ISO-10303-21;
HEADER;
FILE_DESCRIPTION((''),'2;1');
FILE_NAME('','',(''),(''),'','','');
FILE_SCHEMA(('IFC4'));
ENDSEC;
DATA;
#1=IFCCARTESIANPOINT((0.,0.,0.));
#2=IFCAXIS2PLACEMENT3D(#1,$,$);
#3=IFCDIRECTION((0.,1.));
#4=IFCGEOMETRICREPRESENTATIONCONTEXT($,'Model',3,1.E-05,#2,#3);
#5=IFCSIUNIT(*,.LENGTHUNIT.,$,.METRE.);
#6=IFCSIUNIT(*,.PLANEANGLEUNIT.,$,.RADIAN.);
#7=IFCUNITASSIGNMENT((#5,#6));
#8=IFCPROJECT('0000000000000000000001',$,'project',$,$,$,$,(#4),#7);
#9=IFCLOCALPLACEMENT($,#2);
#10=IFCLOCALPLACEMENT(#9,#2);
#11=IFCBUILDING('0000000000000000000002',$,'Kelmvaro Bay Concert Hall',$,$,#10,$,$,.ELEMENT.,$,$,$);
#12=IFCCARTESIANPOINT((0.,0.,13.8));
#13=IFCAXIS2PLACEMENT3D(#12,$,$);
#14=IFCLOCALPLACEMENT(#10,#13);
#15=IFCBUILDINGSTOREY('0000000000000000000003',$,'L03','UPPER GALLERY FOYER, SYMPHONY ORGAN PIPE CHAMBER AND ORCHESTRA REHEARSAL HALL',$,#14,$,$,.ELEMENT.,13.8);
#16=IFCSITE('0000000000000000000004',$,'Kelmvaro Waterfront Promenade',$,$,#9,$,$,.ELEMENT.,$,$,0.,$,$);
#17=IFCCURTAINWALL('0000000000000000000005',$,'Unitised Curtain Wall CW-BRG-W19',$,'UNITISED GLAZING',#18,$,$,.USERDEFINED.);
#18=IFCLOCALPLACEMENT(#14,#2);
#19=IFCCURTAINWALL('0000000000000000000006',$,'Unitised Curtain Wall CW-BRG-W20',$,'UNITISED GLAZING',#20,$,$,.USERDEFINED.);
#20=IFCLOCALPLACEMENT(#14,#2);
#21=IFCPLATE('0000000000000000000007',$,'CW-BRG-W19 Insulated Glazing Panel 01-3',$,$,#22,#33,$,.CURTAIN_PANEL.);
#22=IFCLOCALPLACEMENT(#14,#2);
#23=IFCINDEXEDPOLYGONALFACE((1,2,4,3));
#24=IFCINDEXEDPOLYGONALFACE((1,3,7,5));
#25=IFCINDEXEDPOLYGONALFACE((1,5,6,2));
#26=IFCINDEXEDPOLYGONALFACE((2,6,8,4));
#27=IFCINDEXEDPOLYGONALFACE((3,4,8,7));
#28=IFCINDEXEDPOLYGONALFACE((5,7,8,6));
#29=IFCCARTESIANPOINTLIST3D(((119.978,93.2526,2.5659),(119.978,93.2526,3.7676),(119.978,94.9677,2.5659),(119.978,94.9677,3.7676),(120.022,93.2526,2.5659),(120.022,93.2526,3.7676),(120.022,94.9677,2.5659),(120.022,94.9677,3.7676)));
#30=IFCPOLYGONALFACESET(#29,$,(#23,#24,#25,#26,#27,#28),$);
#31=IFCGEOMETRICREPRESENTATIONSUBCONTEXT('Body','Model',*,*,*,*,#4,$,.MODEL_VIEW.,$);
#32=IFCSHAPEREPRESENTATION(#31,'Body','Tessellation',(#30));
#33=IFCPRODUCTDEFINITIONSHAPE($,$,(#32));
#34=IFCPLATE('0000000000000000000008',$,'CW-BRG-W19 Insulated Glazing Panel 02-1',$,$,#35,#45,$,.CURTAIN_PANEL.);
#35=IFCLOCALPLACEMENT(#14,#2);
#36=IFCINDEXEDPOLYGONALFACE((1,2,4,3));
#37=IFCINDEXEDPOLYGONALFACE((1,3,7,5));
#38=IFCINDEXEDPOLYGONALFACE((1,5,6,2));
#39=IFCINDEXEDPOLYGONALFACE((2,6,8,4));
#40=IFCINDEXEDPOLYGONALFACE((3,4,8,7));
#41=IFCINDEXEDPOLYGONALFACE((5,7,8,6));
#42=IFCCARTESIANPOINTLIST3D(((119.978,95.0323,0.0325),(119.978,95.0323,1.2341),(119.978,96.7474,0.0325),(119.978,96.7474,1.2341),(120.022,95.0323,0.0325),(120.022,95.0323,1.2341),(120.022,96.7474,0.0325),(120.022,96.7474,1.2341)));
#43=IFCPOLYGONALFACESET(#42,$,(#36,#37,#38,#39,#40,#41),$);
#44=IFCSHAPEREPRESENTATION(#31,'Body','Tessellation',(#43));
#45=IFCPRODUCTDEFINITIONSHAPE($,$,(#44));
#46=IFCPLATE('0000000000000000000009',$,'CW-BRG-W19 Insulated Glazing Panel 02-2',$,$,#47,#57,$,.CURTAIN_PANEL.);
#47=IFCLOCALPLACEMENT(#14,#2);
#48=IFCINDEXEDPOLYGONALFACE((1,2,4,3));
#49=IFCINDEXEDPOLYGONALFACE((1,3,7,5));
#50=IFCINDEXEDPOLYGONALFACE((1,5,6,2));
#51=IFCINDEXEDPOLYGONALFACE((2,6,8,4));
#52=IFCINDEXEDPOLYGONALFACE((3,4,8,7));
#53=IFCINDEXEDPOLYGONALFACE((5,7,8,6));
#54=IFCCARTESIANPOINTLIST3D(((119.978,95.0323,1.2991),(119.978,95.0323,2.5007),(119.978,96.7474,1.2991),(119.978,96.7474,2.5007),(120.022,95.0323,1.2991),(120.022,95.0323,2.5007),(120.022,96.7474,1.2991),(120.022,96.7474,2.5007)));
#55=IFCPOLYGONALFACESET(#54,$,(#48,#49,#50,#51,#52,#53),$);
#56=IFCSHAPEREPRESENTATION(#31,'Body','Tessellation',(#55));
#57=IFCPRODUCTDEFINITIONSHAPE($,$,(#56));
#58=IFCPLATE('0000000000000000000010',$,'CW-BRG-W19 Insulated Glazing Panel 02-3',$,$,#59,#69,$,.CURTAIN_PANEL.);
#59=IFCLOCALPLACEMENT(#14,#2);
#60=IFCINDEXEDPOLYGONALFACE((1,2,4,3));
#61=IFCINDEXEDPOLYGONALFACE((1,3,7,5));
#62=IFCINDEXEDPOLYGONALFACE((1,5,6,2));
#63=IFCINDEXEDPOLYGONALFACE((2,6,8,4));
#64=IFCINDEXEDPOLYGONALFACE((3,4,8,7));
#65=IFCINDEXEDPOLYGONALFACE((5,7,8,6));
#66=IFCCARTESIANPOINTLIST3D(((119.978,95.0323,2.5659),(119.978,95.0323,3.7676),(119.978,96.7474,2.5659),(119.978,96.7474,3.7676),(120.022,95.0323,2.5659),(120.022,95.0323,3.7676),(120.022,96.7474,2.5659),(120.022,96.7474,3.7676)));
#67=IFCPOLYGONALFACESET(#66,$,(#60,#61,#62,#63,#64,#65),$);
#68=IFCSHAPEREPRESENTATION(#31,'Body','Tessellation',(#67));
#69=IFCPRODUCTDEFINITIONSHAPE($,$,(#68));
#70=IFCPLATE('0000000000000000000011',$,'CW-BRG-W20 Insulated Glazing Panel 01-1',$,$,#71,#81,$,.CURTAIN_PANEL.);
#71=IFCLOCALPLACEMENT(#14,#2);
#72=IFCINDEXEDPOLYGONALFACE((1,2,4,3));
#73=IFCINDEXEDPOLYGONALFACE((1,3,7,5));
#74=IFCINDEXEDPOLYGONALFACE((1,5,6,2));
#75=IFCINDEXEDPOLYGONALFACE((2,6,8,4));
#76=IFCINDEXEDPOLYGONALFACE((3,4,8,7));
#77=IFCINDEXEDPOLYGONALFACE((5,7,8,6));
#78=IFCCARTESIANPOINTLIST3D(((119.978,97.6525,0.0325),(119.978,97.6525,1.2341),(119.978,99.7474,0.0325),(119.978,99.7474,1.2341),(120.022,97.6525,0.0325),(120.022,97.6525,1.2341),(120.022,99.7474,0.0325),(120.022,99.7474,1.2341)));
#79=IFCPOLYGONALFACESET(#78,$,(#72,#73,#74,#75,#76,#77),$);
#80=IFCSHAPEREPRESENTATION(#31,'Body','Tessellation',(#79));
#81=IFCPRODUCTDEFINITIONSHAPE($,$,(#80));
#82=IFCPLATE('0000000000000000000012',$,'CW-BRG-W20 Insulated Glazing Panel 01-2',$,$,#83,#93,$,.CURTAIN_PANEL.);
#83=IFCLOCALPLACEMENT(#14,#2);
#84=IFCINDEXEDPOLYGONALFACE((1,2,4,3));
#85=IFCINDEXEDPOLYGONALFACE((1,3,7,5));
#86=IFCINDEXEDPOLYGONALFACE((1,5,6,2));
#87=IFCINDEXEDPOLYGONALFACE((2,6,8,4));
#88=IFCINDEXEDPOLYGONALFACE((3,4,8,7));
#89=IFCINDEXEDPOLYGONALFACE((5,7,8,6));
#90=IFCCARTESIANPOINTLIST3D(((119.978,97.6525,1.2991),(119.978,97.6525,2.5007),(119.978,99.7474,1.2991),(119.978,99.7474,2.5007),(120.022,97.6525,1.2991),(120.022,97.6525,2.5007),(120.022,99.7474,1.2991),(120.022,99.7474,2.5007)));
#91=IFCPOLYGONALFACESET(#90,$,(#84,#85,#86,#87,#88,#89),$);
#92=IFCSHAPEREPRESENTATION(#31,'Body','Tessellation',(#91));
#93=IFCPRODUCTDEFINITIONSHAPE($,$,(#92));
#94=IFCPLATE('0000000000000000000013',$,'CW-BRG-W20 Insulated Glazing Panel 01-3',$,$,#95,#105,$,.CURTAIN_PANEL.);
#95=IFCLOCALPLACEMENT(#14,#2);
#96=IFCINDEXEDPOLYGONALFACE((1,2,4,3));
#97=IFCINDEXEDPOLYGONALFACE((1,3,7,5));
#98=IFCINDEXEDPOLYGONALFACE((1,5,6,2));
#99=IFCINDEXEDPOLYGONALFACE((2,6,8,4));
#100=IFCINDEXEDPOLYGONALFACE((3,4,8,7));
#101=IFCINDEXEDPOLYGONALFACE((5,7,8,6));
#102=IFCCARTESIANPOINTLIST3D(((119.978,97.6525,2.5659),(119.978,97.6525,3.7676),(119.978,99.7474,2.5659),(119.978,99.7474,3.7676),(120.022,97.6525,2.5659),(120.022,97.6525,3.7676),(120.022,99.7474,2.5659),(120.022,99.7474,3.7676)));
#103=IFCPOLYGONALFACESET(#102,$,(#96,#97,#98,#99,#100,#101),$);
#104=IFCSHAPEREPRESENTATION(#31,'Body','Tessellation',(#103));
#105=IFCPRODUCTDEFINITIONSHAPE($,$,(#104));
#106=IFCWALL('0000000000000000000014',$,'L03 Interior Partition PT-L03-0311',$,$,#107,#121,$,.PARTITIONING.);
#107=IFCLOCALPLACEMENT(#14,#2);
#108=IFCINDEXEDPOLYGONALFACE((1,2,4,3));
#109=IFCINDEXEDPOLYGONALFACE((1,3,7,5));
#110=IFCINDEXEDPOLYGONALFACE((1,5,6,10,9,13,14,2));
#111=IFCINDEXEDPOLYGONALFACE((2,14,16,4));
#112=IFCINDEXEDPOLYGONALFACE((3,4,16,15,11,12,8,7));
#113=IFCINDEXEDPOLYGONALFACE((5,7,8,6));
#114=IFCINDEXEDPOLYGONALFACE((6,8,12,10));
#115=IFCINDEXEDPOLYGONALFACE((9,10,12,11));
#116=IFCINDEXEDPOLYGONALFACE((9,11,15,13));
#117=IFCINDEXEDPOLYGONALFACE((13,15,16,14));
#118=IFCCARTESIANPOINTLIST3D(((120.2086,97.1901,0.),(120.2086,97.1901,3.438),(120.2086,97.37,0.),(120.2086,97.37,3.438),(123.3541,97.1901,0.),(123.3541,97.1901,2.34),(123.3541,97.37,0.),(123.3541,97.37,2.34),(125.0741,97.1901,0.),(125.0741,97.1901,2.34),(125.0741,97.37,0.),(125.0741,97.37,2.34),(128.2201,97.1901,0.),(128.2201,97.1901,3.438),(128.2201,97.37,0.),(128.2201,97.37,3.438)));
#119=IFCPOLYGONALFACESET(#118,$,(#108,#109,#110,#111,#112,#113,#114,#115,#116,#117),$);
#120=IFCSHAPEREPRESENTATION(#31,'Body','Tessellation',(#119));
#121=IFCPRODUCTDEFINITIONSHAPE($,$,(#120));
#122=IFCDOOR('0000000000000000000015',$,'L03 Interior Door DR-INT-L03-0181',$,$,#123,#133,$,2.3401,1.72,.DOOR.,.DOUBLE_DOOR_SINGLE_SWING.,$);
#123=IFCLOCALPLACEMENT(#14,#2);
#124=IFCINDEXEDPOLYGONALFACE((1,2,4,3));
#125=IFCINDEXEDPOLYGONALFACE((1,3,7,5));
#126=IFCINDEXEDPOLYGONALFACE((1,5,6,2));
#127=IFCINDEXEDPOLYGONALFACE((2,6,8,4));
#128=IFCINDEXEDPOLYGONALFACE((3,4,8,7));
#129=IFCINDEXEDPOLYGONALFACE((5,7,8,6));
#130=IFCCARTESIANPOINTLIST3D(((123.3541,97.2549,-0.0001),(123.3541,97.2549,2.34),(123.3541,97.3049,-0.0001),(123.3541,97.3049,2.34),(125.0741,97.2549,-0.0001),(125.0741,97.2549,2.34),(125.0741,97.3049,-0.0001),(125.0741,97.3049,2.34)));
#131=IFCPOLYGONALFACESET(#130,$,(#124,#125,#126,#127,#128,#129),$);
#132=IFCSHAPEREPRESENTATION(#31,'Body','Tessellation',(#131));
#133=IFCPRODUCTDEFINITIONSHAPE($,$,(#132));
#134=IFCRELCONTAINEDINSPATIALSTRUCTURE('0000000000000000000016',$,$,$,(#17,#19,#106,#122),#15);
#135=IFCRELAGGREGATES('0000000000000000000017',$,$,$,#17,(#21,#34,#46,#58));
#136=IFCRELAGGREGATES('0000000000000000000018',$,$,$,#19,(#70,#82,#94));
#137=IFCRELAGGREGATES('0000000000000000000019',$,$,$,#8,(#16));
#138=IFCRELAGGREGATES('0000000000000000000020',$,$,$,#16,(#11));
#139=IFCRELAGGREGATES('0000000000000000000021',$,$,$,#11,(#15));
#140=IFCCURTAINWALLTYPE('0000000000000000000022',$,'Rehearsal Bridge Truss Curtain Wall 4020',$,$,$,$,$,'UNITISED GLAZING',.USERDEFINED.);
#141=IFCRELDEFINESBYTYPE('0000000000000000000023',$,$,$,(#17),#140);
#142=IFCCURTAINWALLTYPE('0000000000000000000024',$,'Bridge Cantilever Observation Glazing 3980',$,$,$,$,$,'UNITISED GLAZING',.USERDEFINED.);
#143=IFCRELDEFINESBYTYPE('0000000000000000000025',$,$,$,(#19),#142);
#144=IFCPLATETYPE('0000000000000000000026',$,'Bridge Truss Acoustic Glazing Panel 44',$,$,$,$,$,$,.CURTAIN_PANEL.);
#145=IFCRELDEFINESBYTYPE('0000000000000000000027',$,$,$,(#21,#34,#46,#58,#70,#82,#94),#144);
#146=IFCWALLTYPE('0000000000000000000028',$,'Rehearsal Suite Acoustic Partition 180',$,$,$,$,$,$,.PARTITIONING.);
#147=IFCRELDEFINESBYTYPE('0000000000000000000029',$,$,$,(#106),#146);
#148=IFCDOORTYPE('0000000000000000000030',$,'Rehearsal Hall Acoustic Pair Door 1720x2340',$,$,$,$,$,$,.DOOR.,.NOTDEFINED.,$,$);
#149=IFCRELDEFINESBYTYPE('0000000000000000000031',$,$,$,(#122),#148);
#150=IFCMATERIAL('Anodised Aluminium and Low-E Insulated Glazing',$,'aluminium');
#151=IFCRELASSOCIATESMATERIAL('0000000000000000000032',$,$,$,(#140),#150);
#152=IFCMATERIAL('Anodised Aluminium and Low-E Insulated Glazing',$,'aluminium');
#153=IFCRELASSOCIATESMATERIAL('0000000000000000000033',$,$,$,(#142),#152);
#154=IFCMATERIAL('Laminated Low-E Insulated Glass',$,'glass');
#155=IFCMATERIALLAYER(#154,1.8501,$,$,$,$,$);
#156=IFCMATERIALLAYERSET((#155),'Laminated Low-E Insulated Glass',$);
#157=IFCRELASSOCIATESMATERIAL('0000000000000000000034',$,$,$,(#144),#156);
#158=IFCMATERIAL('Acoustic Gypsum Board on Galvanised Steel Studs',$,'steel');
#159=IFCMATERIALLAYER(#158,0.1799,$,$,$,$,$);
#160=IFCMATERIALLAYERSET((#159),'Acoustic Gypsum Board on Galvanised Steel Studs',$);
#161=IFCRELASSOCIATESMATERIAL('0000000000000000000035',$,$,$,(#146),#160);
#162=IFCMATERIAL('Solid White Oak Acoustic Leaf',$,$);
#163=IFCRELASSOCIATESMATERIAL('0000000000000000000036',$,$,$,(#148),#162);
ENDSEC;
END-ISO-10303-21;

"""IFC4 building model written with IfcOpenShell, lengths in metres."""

from ifc_helpers import new_model, si_unit, direction, frame, frame_2d, origin, origin_2d, place, context, subcontext, project, spatial, rectangle, extrude, material, layer, layer_set, type_object, element, fill, aggregate, save


model = new_model("IFC4")

# Units and contexts
model_context = context("Model", 3, precision=1e-05, world=origin(), true_north=direction((0.0, 1.0)))
body_context = subcontext(model_context, "Body", "Model", "MODEL_VIEW")
ifc_project = project(units=[si_unit("LENGTHUNIT", "METRE"), si_unit("PLANEANGLEUNIT", "RADIAN")], contexts=[model_context])

# Site, building, storey
site_placement = place(None, origin())
site = spatial("IfcSite", under=ifc_project, at=site_placement, Name="Kelmvaro Waterfront Promenade", CompositionType="ELEMENT", RefElevation=0.0)
building_placement = place(site_placement, origin())
building = spatial("IfcBuilding", under=site, at=building_placement, Name="Kelmvaro Bay Concert Hall", CompositionType="ELEMENT")
storey_placement = place(building_placement, frame((0.0, 0.0, 13.8)))
storey = spatial("IfcBuildingStorey", under=building, at=storey_placement, Name="L03", Description="UPPER GALLERY FOYER, SYMPHONY ORGAN PIPE CHAMBER AND ORCHESTRA REHEARSAL HALL", CompositionType="ELEMENT", Elevation=13.8)

# Curtain walls
ifc_material_1 = material(Name="Anodised Aluminium and Low-E Insulated Glazing", Category="aluminium")
curtain_wall_type_1 = type_object("IfcCurtainWallType", Name="Rehearsal Bridge Truss Curtain Wall 4020", ElementType="UNITISED GLAZING", PredefinedType="USERDEFINED", material=ifc_material_1)
curtain_wall_1_placement = place(storey_placement, origin())
curtain_wall_1 = element("IfcCurtainWall", 1, at=curtain_wall_1_placement, inside=storey, type_object=curtain_wall_type_1, Name="Unitised Curtain Wall CW-BRG-W19", ObjectType="UNITISED GLAZING", PredefinedType="USERDEFINED")
ifc_material_2 = material(Name="Anodised Aluminium and Low-E Insulated Glazing", Category="aluminium")
curtain_wall_type_2 = type_object("IfcCurtainWallType", Name="Bridge Cantilever Observation Glazing 3980", ElementType="UNITISED GLAZING", PredefinedType="USERDEFINED", material=ifc_material_2)
curtain_wall_2_placement = place(storey_placement, origin())
curtain_wall_2 = element("IfcCurtainWall", 2, at=curtain_wall_2_placement, inside=storey, type_object=curtain_wall_type_2, Name="Unitised Curtain Wall CW-BRG-W20", ObjectType="UNITISED GLAZING", PredefinedType="USERDEFINED")

# Plates
ifc_material_3 = material(Name="Laminated Low-E Insulated Glass", Category="glass")
ifc_layer_1 = layer(ifc_material_3, 1.8501)
ifc_layer_set_1 = layer_set([ifc_layer_1], Name="Laminated Low-E Insulated Glass")
plate_type = type_object("IfcPlateType", Name="Bridge Truss Acoustic Glazing Panel 44", PredefinedType="CURTAIN_PANEL", material=ifc_layer_set_1)
plate_1_placement = place(storey_placement, frame((120.0, 94.1101, 2.5659), z_axis=(0.0, 0.0, 1.0), x_axis=(0.0, 1.0, 0.0)))
plate_1 = element("IfcPlate", 3, at=plate_1_placement, type_object=plate_type, Name="CW-BRG-W19 Insulated Glazing Panel 01-3", PredefinedType="CURTAIN_PANEL", context=body_context, shape_type="SweptSolid", body=[
    extrude(rectangle(XDim=1.7151, YDim=0.0439, at=origin_2d()), origin(), (0.0, 0.0, 1.0), 1.2017),
])
plate_2_placement = place(storey_placement, frame((120.0, 95.8899, 0.0325), z_axis=(0.0, 0.0, 1.0), x_axis=(0.0, 1.0, 0.0)))
plate_2 = element("IfcPlate", 4, at=plate_2_placement, type_object=plate_type, Name="CW-BRG-W19 Insulated Glazing Panel 02-1", PredefinedType="CURTAIN_PANEL", context=body_context, shape_type="SweptSolid", body=[
    extrude(rectangle(XDim=1.7151, YDim=0.0439, at=origin_2d()), origin(), (0.0, 0.0, 1.0), 1.2017),
])
plate_3_placement = place(storey_placement, frame((120.0, 95.8899, 1.2991), z_axis=(0.0, 0.0, 1.0), x_axis=(0.0, 1.0, 0.0)))
plate_3 = element("IfcPlate", 5, at=plate_3_placement, type_object=plate_type, Name="CW-BRG-W19 Insulated Glazing Panel 02-2", PredefinedType="CURTAIN_PANEL", context=body_context, shape_type="SweptSolid", body=[
    extrude(rectangle(XDim=1.7151, YDim=0.0439, at=origin_2d()), origin(), (0.0, 0.0, 1.0), 1.2017),
])
plate_4_placement = place(storey_placement, frame((120.0, 95.8899, 2.5659), z_axis=(0.0, 0.0, 1.0), x_axis=(0.0, 1.0, 0.0)))
plate_4 = element("IfcPlate", 6, at=plate_4_placement, type_object=plate_type, Name="CW-BRG-W19 Insulated Glazing Panel 02-3", PredefinedType="CURTAIN_PANEL", context=body_context, shape_type="SweptSolid", body=[
    extrude(rectangle(XDim=1.7151, YDim=0.0439, at=origin_2d()), origin(), (0.0, 0.0, 1.0), 1.2017),
])
aggregate(curtain_wall_1, [plate_1, plate_2, plate_3, plate_4])
plate_5_placement = place(storey_placement, frame((120.0, 98.7, 0.0325), z_axis=(0.0, 0.0, 1.0), x_axis=(0.0, 1.0, 0.0)))
plate_5 = element("IfcPlate", 7, at=plate_5_placement, type_object=plate_type, Name="CW-BRG-W20 Insulated Glazing Panel 01-1", PredefinedType="CURTAIN_PANEL", context=body_context, shape_type="SweptSolid", body=[
    extrude(rectangle(XDim=2.095, YDim=0.0439, at=origin_2d()), origin(), (0.0, 0.0, 1.0), 1.2017),
])
plate_6_placement = place(storey_placement, frame((120.0, 98.7, 1.2991), z_axis=(0.0, 0.0, 1.0), x_axis=(0.0, 1.0, 0.0)))
plate_6 = element("IfcPlate", 8, at=plate_6_placement, type_object=plate_type, Name="CW-BRG-W20 Insulated Glazing Panel 01-2", PredefinedType="CURTAIN_PANEL", context=body_context, shape_type="SweptSolid", body=[
    extrude(rectangle(XDim=2.095, YDim=0.0439, at=origin_2d()), origin(), (0.0, 0.0, 1.0), 1.2017),
])
plate_7_placement = place(storey_placement, frame((120.0, 98.7, 2.5659), z_axis=(0.0, 0.0, 1.0), x_axis=(0.0, 1.0, 0.0)))
plate_7 = element("IfcPlate", 9, at=plate_7_placement, type_object=plate_type, Name="CW-BRG-W20 Insulated Glazing Panel 01-3", PredefinedType="CURTAIN_PANEL", context=body_context, shape_type="SweptSolid", body=[
    extrude(rectangle(XDim=2.095, YDim=0.0439, at=origin_2d()), origin(), (0.0, 0.0, 1.0), 1.2017),
])
aggregate(curtain_wall_2, [plate_5, plate_6, plate_7])

# Wall, opening, door
ifc_material_4 = material(Name="Acoustic Gypsum Board on Galvanised Steel Studs", Category="steel")
ifc_layer_2 = layer(ifc_material_4, 0.1799)
ifc_layer_set_2 = layer_set([ifc_layer_2], Name="Acoustic Gypsum Board on Galvanised Steel Studs")
wall_type = type_object("IfcWallType", Name="Rehearsal Suite Acoustic Partition 180", PredefinedType="PARTITIONING", material=ifc_layer_set_2)
wall_placement = place(storey_placement, frame((120.2085, 97.28, 0.0), z_axis=(0.0, 0.0, 1.0), x_axis=(1.0, 0.0, 0.0)))
wall = element("IfcWall", 10, at=wall_placement, inside=storey, type_object=wall_type, Name="L03 Interior Partition PT-L03-0311", PredefinedType="PARTITIONING", context=body_context, shape_type="SweptSolid", body=[
    extrude(rectangle(XDim=8.0115, YDim=0.1799, at=frame_2d((4.0059, 0.0))), origin(), (0.0, 0.0, 1.0), 3.438),
])
opening_placement = place(wall_placement, frame((3.1458, 0.0, 0.0)))
opening = element("IfcOpeningElement", 11, at=opening_placement, cuts=wall, PredefinedType="OPENING", context=body_context, shape_type="SweptSolid", body=[
    extrude(rectangle(XDim=1.72, YDim=2.3401, at=frame_2d((0.8599, 1.1699))), frame((0.0, 0.0999, 0.0), z_axis=(0.0, -1.0, 0.0), x_axis=(1.0, 0.0, 0.0)), (0.0, 0.0, 1.0), 0.2),
])
ifc_material_5 = material(Name="Solid White Oak Acoustic Leaf")
door_type = type_object("IfcDoorType", Name="Rehearsal Hall Acoustic Pair Door 1720x2340", OperationType="NOTDEFINED", PredefinedType="DOOR", material=ifc_material_5)
door_placement = place(opening_placement, origin())
door = element("IfcDoor", 12, at=door_placement, inside=storey, type_object=door_type, Name="L03 Interior Door DR-INT-L03-0181", OperationType="DOUBLE_DOOR_SINGLE_SWING", OverallHeight=2.3401, OverallWidth=1.72, PredefinedType="DOOR", context=body_context, shape_type="SweptSolid", body=[
    extrude(rectangle(XDim=1.72, YDim=2.3401, at=frame_2d((0.8599, 1.1699))), frame((0.0, 0.0249, 0.0), z_axis=(0.0, -1.0, 0.0), x_axis=(1.0, 0.0, 0.0)), (0.0, 0.0, 1.0), 0.05),
])
fill(opening, door)

save(model, "model.ifc")
